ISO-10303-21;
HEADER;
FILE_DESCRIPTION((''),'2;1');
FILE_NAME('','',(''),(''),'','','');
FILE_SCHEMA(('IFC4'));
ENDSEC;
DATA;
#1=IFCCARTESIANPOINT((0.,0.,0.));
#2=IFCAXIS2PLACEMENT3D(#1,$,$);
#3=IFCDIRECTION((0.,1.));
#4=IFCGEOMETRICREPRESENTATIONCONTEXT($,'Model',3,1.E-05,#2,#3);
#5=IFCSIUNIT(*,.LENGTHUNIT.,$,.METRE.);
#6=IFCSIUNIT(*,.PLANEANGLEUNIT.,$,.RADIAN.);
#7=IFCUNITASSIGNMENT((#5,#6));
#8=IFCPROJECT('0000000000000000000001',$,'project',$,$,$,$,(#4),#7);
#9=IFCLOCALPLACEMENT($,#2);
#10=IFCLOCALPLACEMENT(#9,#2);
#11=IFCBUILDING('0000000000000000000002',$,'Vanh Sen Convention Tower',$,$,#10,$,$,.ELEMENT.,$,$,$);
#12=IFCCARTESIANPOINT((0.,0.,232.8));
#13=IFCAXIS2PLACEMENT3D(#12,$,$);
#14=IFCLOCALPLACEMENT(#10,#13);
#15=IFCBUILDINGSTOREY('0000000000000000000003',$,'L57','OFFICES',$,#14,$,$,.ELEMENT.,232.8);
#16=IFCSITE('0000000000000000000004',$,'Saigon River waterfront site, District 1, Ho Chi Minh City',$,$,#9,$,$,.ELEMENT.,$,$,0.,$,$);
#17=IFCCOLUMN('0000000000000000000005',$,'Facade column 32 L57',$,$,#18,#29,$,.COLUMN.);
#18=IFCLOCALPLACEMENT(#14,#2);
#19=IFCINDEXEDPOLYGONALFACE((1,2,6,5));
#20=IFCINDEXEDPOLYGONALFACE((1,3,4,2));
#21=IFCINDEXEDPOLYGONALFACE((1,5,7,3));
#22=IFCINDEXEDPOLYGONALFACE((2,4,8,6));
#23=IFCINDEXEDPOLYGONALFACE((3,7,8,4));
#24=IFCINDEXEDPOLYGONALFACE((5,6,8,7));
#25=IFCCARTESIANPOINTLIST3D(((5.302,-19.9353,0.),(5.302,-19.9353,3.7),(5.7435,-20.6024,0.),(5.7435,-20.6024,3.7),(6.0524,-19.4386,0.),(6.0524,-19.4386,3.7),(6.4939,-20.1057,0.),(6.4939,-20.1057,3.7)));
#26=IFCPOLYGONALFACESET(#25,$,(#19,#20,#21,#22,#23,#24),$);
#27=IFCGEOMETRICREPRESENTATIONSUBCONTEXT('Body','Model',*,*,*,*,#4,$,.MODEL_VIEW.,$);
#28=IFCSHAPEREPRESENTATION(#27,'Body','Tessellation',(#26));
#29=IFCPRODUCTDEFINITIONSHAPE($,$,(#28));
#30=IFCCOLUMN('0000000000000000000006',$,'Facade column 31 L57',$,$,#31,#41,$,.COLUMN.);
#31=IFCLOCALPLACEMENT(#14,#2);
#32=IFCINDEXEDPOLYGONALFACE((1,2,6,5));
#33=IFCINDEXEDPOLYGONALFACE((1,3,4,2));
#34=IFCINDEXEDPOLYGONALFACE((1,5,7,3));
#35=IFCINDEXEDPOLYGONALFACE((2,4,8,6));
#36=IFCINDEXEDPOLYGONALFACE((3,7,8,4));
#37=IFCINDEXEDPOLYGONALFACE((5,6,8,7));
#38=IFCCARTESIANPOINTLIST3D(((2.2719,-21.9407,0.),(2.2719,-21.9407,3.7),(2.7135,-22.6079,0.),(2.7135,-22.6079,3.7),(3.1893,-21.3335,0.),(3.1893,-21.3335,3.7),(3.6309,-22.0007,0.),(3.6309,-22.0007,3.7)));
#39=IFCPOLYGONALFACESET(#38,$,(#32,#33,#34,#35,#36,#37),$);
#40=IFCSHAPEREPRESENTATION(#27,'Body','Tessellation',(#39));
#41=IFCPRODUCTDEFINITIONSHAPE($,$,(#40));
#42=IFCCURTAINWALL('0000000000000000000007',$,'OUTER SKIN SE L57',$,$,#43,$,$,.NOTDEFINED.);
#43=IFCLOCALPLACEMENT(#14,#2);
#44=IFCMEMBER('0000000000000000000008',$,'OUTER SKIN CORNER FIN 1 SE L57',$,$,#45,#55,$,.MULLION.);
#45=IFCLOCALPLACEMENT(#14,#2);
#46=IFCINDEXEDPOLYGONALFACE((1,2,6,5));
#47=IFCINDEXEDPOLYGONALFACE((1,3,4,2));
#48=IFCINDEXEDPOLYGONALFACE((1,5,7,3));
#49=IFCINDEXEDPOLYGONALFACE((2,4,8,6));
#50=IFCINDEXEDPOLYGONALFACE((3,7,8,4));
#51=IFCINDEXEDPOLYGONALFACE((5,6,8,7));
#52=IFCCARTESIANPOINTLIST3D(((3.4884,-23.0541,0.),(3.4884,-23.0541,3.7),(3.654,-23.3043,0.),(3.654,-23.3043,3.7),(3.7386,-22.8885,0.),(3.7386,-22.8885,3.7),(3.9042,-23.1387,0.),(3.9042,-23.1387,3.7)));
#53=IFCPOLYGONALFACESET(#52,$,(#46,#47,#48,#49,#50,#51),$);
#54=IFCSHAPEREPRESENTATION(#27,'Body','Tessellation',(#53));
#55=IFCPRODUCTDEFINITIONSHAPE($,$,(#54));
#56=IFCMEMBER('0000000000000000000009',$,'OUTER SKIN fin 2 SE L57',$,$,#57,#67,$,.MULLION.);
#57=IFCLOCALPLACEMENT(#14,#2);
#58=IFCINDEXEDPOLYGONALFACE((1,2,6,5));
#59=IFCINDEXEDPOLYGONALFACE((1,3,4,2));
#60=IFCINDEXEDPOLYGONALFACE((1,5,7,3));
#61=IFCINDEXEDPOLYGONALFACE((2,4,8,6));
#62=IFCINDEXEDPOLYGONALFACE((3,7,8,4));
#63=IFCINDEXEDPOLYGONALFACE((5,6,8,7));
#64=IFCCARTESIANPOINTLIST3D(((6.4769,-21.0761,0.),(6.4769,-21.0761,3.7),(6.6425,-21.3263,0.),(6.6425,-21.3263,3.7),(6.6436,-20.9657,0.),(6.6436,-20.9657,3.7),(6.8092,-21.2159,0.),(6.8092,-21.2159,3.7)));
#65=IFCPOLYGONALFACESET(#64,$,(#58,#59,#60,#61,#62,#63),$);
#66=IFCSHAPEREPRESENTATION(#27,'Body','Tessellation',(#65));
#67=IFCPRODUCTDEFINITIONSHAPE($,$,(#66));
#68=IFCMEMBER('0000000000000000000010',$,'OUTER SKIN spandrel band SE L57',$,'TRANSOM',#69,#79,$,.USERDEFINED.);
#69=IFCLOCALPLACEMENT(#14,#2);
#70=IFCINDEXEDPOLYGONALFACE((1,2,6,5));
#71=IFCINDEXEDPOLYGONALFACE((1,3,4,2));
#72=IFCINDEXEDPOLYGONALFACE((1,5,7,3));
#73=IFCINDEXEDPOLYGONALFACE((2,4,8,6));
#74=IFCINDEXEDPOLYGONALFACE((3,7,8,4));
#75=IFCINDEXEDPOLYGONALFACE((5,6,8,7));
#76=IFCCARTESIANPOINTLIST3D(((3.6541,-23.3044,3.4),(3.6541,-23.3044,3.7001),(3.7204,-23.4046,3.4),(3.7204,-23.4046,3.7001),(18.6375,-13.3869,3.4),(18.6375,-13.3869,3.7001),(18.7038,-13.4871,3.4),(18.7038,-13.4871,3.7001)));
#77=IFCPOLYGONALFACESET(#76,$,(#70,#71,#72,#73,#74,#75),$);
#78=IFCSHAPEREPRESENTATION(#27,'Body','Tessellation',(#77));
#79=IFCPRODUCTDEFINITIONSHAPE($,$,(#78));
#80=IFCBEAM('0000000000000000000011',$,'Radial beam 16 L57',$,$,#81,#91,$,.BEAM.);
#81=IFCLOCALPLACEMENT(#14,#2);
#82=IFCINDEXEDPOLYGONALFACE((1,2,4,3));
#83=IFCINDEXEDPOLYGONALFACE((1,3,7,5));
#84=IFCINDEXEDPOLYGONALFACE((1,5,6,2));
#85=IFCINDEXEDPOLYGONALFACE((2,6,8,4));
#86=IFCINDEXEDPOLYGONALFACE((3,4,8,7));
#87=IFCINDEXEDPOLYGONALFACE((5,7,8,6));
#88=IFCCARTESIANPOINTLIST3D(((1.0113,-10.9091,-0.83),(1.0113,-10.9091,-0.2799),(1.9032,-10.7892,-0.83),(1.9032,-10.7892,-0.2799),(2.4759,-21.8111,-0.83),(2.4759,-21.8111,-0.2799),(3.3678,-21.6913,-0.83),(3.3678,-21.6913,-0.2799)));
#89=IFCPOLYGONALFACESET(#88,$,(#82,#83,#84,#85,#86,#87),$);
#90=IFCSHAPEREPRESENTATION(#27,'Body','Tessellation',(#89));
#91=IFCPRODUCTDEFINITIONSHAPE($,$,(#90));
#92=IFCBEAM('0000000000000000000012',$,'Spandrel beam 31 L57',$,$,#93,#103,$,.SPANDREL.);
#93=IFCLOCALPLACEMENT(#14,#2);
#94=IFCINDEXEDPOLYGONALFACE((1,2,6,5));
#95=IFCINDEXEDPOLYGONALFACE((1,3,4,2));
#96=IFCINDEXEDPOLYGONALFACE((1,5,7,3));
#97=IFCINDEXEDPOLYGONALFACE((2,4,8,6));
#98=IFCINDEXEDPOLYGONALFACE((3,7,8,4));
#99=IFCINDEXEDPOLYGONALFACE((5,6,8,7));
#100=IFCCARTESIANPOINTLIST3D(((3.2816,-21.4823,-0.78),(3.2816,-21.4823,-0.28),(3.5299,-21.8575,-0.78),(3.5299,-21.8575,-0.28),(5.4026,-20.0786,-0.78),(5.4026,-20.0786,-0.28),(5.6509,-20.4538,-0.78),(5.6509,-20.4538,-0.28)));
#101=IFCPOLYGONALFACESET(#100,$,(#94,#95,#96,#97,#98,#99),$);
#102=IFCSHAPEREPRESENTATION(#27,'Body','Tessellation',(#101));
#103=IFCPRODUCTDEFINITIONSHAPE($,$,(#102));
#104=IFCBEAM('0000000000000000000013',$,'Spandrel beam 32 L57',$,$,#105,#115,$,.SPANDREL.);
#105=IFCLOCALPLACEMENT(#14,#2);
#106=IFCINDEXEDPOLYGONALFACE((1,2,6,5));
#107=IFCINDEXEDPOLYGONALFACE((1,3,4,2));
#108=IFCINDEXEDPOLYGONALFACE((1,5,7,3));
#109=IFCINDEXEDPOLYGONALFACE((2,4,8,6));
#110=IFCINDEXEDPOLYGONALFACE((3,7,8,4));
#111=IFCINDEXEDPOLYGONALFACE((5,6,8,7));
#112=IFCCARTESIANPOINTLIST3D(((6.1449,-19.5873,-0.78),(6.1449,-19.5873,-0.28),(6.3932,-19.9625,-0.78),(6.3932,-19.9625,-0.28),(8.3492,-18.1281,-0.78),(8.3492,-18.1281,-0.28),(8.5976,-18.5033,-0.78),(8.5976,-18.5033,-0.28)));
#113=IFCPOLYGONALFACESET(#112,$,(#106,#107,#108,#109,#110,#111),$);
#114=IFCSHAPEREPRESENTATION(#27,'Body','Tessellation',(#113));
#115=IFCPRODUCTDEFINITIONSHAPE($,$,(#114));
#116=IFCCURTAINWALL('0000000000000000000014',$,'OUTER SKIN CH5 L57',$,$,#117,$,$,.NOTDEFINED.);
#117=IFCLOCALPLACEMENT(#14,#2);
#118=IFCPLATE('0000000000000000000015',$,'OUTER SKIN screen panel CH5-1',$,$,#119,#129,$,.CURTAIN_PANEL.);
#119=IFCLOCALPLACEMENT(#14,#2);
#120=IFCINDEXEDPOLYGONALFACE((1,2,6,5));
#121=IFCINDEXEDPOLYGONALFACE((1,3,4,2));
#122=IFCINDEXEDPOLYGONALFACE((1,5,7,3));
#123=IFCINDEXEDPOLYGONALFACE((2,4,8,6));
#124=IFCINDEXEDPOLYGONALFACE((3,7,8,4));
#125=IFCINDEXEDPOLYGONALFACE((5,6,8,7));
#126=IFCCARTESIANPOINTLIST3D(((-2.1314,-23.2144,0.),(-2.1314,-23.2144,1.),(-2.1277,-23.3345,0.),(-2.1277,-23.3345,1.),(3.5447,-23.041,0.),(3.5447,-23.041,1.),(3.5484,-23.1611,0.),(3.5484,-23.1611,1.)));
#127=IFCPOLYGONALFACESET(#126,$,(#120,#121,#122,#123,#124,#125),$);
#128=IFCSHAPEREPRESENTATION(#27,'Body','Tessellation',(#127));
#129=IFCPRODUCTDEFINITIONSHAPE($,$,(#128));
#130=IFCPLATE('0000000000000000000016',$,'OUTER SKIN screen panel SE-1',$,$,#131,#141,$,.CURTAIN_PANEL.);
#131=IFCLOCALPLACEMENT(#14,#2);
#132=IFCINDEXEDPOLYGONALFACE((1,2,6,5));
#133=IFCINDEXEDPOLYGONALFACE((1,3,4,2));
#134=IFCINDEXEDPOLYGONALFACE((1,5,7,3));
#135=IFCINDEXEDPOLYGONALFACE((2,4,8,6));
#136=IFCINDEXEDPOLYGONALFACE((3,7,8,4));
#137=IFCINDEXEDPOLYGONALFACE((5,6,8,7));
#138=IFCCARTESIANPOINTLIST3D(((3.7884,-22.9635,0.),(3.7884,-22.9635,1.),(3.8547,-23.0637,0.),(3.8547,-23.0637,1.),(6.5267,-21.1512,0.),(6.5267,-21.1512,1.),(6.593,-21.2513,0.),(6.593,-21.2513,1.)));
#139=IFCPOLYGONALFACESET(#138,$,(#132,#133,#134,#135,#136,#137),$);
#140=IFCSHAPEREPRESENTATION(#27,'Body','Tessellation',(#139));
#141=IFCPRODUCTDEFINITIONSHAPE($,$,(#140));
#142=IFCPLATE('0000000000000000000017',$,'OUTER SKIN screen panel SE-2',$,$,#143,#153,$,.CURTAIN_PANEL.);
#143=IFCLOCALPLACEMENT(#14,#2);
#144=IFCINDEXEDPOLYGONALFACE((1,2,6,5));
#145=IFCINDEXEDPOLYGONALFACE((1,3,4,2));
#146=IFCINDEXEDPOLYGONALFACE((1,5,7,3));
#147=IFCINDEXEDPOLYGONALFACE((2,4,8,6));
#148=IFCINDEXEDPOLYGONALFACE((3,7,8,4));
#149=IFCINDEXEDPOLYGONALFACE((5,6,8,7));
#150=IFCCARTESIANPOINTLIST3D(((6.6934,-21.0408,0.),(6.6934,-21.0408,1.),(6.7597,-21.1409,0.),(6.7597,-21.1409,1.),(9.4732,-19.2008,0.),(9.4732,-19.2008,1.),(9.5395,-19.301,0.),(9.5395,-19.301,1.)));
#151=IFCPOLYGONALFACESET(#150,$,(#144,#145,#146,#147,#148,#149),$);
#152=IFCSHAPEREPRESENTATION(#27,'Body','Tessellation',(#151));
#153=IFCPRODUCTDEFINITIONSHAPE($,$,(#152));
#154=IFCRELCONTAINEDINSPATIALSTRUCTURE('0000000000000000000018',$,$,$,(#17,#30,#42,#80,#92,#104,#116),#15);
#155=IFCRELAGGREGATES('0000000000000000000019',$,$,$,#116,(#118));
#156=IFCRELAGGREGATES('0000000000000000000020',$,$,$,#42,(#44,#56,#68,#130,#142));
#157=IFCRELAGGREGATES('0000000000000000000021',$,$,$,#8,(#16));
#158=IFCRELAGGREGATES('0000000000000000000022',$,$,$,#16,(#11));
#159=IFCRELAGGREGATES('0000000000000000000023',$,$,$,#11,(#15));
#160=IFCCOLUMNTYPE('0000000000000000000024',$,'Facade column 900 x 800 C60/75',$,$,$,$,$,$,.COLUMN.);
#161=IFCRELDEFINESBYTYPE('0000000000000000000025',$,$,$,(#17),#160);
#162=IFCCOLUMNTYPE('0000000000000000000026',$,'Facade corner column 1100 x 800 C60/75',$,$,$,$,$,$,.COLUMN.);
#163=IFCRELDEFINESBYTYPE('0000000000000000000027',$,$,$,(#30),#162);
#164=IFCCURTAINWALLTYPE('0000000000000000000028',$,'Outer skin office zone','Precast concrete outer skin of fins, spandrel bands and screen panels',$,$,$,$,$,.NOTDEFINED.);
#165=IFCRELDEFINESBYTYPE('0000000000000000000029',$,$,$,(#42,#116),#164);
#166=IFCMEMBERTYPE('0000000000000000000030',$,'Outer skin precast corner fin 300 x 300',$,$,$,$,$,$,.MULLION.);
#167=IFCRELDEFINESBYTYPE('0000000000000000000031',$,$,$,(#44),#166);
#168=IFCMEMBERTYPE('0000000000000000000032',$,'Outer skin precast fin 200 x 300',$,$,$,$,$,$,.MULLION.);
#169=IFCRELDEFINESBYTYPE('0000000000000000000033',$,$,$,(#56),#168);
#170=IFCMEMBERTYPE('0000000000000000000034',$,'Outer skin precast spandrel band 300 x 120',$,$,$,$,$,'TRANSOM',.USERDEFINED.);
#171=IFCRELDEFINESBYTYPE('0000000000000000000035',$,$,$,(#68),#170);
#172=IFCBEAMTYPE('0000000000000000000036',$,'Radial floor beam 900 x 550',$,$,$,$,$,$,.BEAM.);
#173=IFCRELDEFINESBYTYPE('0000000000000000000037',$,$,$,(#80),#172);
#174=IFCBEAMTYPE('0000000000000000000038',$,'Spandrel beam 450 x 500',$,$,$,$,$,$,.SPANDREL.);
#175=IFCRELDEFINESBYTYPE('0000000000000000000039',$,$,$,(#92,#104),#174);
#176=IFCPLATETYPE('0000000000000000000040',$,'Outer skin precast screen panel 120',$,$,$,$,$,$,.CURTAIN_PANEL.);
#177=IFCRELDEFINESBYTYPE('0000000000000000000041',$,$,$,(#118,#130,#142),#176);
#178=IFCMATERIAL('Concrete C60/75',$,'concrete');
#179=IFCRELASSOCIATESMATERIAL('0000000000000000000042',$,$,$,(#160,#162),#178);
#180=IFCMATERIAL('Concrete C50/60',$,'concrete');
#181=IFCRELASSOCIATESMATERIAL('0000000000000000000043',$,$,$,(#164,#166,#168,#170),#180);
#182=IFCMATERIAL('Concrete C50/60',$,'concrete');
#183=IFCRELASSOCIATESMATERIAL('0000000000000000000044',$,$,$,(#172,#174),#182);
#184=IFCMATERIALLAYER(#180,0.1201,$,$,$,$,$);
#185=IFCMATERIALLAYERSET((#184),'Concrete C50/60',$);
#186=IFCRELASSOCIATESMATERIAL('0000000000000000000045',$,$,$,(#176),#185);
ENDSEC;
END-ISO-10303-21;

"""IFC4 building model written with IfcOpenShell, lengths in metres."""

from ifc_helpers import new_model, si_unit, direction, frame, origin, origin_2d, place, context, subcontext, project, spatial, rectangle, extrude, material, layer, layer_set, material_profile, profile_set, type_object, element, aggregate, save


model = new_model("IFC4")

# Units and contexts
model_context = context("Model", 3, precision=1e-05, world=origin(), true_north=direction((0.0, 1.0)))
body_context = subcontext(model_context, "Body", "Model", "MODEL_VIEW")
ifc_project = project(units=[si_unit("LENGTHUNIT", "METRE"), si_unit("PLANEANGLEUNIT", "RADIAN")], contexts=[model_context])

# Site, building, storey
site_placement = place(None, origin())
site = spatial("IfcSite", under=ifc_project, at=site_placement, Name="Saigon River waterfront site, District 1, Ho Chi Minh City", CompositionType="ELEMENT", RefElevation=0.0)
building_placement = place(site_placement, origin())
building = spatial("IfcBuilding", under=site, at=building_placement, Name="Vanh Sen Convention Tower", CompositionType="ELEMENT")
storey_placement = place(building_placement, frame((0.0, 0.0, 232.8)))
storey = spatial("IfcBuildingStorey", under=building, at=storey_placement, Name="L57", Description="OFFICES", CompositionType="ELEMENT", Elevation=232.8)

# Columns
ifc_material_1 = material(Name="Concrete C60/75", Category="concrete")
ifc_material_profile_1 = material_profile(ifc_material_1, rectangle(XDim=0.8999, YDim=0.8, at=origin_2d()), Name="RC 900X800")
ifc_profile_set_1 = profile_set([ifc_material_profile_1], Name="Concrete C60/75")
column_type_1 = type_object("IfcColumnType", Name="Facade column 900 x 800 C60/75", PredefinedType="COLUMN", material=ifc_profile_set_1)
column_1_placement = place(storey_placement, frame((5.8979, -20.0205, 0.0), z_axis=(0.0, 0.0, 1.0), x_axis=(0.833886, 0.551937, 0.0)))
element("IfcColumn", 1, at=column_1_placement, inside=storey, type_object=column_type_1, Name="Facade column 32 L57", PredefinedType="COLUMN", context=body_context, shape_type="SweptSolid", body=[
    extrude(rectangle(XDim=0.8999, YDim=0.8, at=origin_2d()), origin(), (0.0, 0.0, 1.0), 3.7),
])
ifc_material_profile_2 = material_profile(ifc_material_1, rectangle(XDim=1.1001, YDim=0.8, at=origin_2d()), Name="RC 1100X800")
ifc_profile_set_2 = profile_set([ifc_material_profile_2], Name="Concrete C60/75")
column_type_2 = type_object("IfcColumnType", Name="Facade corner column 1100 x 800 C60/75", PredefinedType="COLUMN", material=ifc_profile_set_2)
column_2_placement = place(storey_placement, frame((2.9514, -21.9707, 0.0), z_axis=(0.0, 0.0, 1.0), x_axis=(0.833886, 0.551937, 0.0)))
element("IfcColumn", 2, at=column_2_placement, inside=storey, type_object=column_type_2, Name="Facade column 31 L57", PredefinedType="COLUMN", context=body_context, shape_type="SweptSolid", body=[
    extrude(rectangle(XDim=1.1001, YDim=0.8, at=origin_2d()), origin(), (0.0, 0.0, 1.0), 3.7),
])

# Curtain wall, members
ifc_material_2 = material(Name="Concrete C50/60", Category="concrete")
curtain_wall_type = type_object("IfcCurtainWallType", Name="Outer skin office zone", Description="Precast concrete outer skin of fins, spandrel bands and screen panels", PredefinedType="NOTDEFINED", material=ifc_material_2)
curtain_wall_1_placement = place(storey_placement, origin())
curtain_wall_1 = element("IfcCurtainWall", 3, at=curtain_wall_1_placement, inside=storey, type_object=curtain_wall_type, Name="OUTER SKIN SE L57", PredefinedType="NOTDEFINED")
ifc_material_profile_3 = material_profile(ifc_material_2, rectangle(XDim=0.3, YDim=0.3, at=origin_2d()), Name="Outer skin precast corner fin 300 x 300")
ifc_profile_set_3 = profile_set([ifc_material_profile_3], Name="Concrete C50/60")
member_type_1 = type_object("IfcMemberType", Name="Outer skin precast corner fin 300 x 300", PredefinedType="MULLION", material=ifc_profile_set_3)
member_1_placement = place(storey_placement, frame((3.6963, -23.0964, 0.0), z_axis=(0.0, 0.0, 1.0), x_axis=(0.833886, 0.551937, 0.0)))
member_1 = element("IfcMember", 4, at=member_1_placement, type_object=member_type_1, Name="OUTER SKIN CORNER FIN 1 SE L57", PredefinedType="MULLION", context=body_context, shape_type="SweptSolid", body=[
    extrude(rectangle(XDim=0.3, YDim=0.3, at=origin_2d()), origin(), (0.0, 0.0, 1.0), 3.7),
])
ifc_material_profile_4 = material_profile(ifc_material_2, rectangle(XDim=0.2, YDim=0.3, at=origin_2d()), Name="Outer skin precast fin 200 x 300")
ifc_profile_set_4 = profile_set([ifc_material_profile_4], Name="Concrete C50/60")
member_type_2 = type_object("IfcMemberType", Name="Outer skin precast fin 200 x 300", PredefinedType="MULLION", material=ifc_profile_set_4)
member_2_placement = place(storey_placement, frame((6.6431, -21.146, 0.0), z_axis=(0.0, 0.0, 1.0), x_axis=(0.833886, 0.551937, 0.0)))
member_2 = element("IfcMember", 5, at=member_2_placement, type_object=member_type_2, Name="OUTER SKIN fin 2 SE L57", PredefinedType="MULLION", context=body_context, shape_type="SweptSolid", body=[
    extrude(rectangle(XDim=0.2, YDim=0.3, at=origin_2d()), origin(), (0.0, 0.0, 1.0), 3.7),
])
ifc_material_profile_5 = material_profile(ifc_material_2, rectangle(XDim=0.1201, YDim=0.3, at=origin_2d()), Name="Outer skin precast spandrel band 300 x 120")
ifc_profile_set_5 = profile_set([ifc_material_profile_5], Name="Concrete C50/60")
member_type_3 = type_object("IfcMemberType", Name="Outer skin precast spandrel band 300 x 120", ElementType="TRANSOM", PredefinedType="USERDEFINED", material=ifc_profile_set_5)
member_3_placement = place(storey_placement, frame((3.6873, -23.3545, 3.55), z_axis=(0.833881, 0.551944, 0.0), x_axis=(-0.551944, 0.833881, 0.0)))
member_3 = element("IfcMember", 6, at=member_3_placement, type_object=member_type_3, Name="OUTER SKIN spandrel band SE L57", ObjectType="TRANSOM", PredefinedType="USERDEFINED", context=body_context, shape_type="SweptSolid", body=[
    extrude(rectangle(XDim=0.1201, YDim=0.3, at=origin_2d()), origin(), (0.0, 0.0, 1.0), 17.9683),
])

# Beams
ifc_material_3 = material(Name="Concrete C50/60", Category="concrete")
ifc_material_profile_6 = material_profile(ifc_material_3, rectangle(XDim=0.8999, YDim=0.55, at=origin_2d()), Name="RC 900X550")
ifc_profile_set_6 = profile_set([ifc_material_profile_6], Name="Concrete C50/60")
beam_type_1 = type_object("IfcBeamType", Name="Radial floor beam 900 x 550", PredefinedType="BEAM", material=ifc_profile_set_6)
beam_1_placement = place(storey_placement, frame((2.9219, -21.7512, -0.5549), z_axis=(-0.133145, 0.991097, 0.0), x_axis=(-0.991097, -0.133145, 0.0)))
element("IfcBeam", 7, at=beam_1_placement, inside=storey, type_object=beam_type_1, Name="Radial beam 16 L57", PredefinedType="BEAM", context=body_context, shape_type="SweptSolid", body=[
    extrude(rectangle(XDim=0.8999, YDim=0.55, at=origin_2d()), origin(), (0.0, 0.0, 1.0), 11.0),
])
ifc_material_profile_7 = material_profile(ifc_material_3, rectangle(XDim=0.45, YDim=0.5, at=origin_2d()), Name="RC 450X500")
ifc_profile_set_7 = profile_set([ifc_material_profile_7], Name="Concrete C50/60")
beam_type_2 = type_object("IfcBeamType", Name="Spandrel beam 450 x 500", PredefinedType="SPANDREL", material=ifc_profile_set_7)
beam_2_placement = place(storey_placement, frame((3.4058, -21.6699, -0.53), z_axis=(0.833906, 0.551906, 0.0), x_axis=(-0.551906, 0.833906, 0.0)))
element("IfcBeam", 8, at=beam_2_placement, inside=storey, type_object=beam_type_2, Name="Spandrel beam 31 L57", PredefinedType="SPANDREL", context=body_context, shape_type="SweptSolid", body=[
    extrude(rectangle(XDim=0.45, YDim=0.5, at=origin_2d()), origin(), (0.0, 0.0, 1.0), 2.5435),
])
beam_3_placement = place(storey_placement, frame((6.269, -19.7749, -0.53), z_axis=(0.83385, 0.551991, 0.0), x_axis=(-0.551991, 0.83385, 0.0)))
element("IfcBeam", 9, at=beam_3_placement, inside=storey, type_object=beam_type_2, Name="Spandrel beam 32 L57", PredefinedType="SPANDREL", context=body_context, shape_type="SweptSolid", body=[
    extrude(rectangle(XDim=0.45, YDim=0.5, at=origin_2d()), origin(), (0.0, 0.0, 1.0), 2.6436),
])

# Curtain wall, plate
curtain_wall_2_placement = place(storey_placement, origin())
curtain_wall_2 = element("IfcCurtainWall", 10, at=curtain_wall_2_placement, inside=storey, type_object=curtain_wall_type, Name="OUTER SKIN CH5 L57", PredefinedType="NOTDEFINED")
ifc_layer_1 = layer(ifc_material_2, 0.1201)
ifc_layer_set_1 = layer_set([ifc_layer_1], Name="Concrete C50/60")
plate_type = type_object("IfcPlateType", Name="Outer skin precast screen panel 120", PredefinedType="CURTAIN_PANEL", material=ifc_layer_set_1)
plate_1_placement = place(storey_placement, frame((0.7085, -23.1877, 0.0), z_axis=(0.0, 0.0, 1.0), x_axis=(0.999534, 0.03054, 0.0)))
plate_1 = element("IfcPlate", 11, at=plate_1_placement, type_object=plate_type, Name="OUTER SKIN screen panel CH5-1", PredefinedType="CURTAIN_PANEL", context=body_context, shape_type="SweptSolid", body=[
    extrude(rectangle(XDim=5.6787, YDim=0.1201, at=origin_2d()), origin(), (0.0, 0.0, 1.0), 1.0),
])
aggregate(curtain_wall_2, [plate_1])

# Plates
plate_2_placement = place(storey_placement, frame((5.1907, -22.1074, 0.0), z_axis=(0.0, 0.0, 1.0), x_axis=(0.833896, 0.551921, 0.0)))
plate_2 = element("IfcPlate", 12, at=plate_2_placement, type_object=plate_type, Name="OUTER SKIN screen panel SE-1", PredefinedType="CURTAIN_PANEL", context=body_context, shape_type="SweptSolid", body=[
    extrude(rectangle(XDim=3.2837, YDim=0.1201, at=origin_2d()), origin(), (0.0, 0.0, 1.0), 1.0),
])
plate_3_placement = place(storey_placement, frame((8.1165, -20.1709, 0.0), z_axis=(0.0, 0.0, 1.0), x_axis=(0.833874, 0.551954, 0.0)))
plate_3 = element("IfcPlate", 13, at=plate_3_placement, type_object=plate_type, Name="OUTER SKIN screen panel SE-2", PredefinedType="CURTAIN_PANEL", context=body_context, shape_type="SweptSolid", body=[
    extrude(rectangle(XDim=3.3335, YDim=0.1201, at=origin_2d()), origin(), (0.0, 0.0, 1.0), 1.0),
])
aggregate(curtain_wall_1, [member_1, member_2, member_3, plate_2, plate_3])

save(model, "model.ifc")
